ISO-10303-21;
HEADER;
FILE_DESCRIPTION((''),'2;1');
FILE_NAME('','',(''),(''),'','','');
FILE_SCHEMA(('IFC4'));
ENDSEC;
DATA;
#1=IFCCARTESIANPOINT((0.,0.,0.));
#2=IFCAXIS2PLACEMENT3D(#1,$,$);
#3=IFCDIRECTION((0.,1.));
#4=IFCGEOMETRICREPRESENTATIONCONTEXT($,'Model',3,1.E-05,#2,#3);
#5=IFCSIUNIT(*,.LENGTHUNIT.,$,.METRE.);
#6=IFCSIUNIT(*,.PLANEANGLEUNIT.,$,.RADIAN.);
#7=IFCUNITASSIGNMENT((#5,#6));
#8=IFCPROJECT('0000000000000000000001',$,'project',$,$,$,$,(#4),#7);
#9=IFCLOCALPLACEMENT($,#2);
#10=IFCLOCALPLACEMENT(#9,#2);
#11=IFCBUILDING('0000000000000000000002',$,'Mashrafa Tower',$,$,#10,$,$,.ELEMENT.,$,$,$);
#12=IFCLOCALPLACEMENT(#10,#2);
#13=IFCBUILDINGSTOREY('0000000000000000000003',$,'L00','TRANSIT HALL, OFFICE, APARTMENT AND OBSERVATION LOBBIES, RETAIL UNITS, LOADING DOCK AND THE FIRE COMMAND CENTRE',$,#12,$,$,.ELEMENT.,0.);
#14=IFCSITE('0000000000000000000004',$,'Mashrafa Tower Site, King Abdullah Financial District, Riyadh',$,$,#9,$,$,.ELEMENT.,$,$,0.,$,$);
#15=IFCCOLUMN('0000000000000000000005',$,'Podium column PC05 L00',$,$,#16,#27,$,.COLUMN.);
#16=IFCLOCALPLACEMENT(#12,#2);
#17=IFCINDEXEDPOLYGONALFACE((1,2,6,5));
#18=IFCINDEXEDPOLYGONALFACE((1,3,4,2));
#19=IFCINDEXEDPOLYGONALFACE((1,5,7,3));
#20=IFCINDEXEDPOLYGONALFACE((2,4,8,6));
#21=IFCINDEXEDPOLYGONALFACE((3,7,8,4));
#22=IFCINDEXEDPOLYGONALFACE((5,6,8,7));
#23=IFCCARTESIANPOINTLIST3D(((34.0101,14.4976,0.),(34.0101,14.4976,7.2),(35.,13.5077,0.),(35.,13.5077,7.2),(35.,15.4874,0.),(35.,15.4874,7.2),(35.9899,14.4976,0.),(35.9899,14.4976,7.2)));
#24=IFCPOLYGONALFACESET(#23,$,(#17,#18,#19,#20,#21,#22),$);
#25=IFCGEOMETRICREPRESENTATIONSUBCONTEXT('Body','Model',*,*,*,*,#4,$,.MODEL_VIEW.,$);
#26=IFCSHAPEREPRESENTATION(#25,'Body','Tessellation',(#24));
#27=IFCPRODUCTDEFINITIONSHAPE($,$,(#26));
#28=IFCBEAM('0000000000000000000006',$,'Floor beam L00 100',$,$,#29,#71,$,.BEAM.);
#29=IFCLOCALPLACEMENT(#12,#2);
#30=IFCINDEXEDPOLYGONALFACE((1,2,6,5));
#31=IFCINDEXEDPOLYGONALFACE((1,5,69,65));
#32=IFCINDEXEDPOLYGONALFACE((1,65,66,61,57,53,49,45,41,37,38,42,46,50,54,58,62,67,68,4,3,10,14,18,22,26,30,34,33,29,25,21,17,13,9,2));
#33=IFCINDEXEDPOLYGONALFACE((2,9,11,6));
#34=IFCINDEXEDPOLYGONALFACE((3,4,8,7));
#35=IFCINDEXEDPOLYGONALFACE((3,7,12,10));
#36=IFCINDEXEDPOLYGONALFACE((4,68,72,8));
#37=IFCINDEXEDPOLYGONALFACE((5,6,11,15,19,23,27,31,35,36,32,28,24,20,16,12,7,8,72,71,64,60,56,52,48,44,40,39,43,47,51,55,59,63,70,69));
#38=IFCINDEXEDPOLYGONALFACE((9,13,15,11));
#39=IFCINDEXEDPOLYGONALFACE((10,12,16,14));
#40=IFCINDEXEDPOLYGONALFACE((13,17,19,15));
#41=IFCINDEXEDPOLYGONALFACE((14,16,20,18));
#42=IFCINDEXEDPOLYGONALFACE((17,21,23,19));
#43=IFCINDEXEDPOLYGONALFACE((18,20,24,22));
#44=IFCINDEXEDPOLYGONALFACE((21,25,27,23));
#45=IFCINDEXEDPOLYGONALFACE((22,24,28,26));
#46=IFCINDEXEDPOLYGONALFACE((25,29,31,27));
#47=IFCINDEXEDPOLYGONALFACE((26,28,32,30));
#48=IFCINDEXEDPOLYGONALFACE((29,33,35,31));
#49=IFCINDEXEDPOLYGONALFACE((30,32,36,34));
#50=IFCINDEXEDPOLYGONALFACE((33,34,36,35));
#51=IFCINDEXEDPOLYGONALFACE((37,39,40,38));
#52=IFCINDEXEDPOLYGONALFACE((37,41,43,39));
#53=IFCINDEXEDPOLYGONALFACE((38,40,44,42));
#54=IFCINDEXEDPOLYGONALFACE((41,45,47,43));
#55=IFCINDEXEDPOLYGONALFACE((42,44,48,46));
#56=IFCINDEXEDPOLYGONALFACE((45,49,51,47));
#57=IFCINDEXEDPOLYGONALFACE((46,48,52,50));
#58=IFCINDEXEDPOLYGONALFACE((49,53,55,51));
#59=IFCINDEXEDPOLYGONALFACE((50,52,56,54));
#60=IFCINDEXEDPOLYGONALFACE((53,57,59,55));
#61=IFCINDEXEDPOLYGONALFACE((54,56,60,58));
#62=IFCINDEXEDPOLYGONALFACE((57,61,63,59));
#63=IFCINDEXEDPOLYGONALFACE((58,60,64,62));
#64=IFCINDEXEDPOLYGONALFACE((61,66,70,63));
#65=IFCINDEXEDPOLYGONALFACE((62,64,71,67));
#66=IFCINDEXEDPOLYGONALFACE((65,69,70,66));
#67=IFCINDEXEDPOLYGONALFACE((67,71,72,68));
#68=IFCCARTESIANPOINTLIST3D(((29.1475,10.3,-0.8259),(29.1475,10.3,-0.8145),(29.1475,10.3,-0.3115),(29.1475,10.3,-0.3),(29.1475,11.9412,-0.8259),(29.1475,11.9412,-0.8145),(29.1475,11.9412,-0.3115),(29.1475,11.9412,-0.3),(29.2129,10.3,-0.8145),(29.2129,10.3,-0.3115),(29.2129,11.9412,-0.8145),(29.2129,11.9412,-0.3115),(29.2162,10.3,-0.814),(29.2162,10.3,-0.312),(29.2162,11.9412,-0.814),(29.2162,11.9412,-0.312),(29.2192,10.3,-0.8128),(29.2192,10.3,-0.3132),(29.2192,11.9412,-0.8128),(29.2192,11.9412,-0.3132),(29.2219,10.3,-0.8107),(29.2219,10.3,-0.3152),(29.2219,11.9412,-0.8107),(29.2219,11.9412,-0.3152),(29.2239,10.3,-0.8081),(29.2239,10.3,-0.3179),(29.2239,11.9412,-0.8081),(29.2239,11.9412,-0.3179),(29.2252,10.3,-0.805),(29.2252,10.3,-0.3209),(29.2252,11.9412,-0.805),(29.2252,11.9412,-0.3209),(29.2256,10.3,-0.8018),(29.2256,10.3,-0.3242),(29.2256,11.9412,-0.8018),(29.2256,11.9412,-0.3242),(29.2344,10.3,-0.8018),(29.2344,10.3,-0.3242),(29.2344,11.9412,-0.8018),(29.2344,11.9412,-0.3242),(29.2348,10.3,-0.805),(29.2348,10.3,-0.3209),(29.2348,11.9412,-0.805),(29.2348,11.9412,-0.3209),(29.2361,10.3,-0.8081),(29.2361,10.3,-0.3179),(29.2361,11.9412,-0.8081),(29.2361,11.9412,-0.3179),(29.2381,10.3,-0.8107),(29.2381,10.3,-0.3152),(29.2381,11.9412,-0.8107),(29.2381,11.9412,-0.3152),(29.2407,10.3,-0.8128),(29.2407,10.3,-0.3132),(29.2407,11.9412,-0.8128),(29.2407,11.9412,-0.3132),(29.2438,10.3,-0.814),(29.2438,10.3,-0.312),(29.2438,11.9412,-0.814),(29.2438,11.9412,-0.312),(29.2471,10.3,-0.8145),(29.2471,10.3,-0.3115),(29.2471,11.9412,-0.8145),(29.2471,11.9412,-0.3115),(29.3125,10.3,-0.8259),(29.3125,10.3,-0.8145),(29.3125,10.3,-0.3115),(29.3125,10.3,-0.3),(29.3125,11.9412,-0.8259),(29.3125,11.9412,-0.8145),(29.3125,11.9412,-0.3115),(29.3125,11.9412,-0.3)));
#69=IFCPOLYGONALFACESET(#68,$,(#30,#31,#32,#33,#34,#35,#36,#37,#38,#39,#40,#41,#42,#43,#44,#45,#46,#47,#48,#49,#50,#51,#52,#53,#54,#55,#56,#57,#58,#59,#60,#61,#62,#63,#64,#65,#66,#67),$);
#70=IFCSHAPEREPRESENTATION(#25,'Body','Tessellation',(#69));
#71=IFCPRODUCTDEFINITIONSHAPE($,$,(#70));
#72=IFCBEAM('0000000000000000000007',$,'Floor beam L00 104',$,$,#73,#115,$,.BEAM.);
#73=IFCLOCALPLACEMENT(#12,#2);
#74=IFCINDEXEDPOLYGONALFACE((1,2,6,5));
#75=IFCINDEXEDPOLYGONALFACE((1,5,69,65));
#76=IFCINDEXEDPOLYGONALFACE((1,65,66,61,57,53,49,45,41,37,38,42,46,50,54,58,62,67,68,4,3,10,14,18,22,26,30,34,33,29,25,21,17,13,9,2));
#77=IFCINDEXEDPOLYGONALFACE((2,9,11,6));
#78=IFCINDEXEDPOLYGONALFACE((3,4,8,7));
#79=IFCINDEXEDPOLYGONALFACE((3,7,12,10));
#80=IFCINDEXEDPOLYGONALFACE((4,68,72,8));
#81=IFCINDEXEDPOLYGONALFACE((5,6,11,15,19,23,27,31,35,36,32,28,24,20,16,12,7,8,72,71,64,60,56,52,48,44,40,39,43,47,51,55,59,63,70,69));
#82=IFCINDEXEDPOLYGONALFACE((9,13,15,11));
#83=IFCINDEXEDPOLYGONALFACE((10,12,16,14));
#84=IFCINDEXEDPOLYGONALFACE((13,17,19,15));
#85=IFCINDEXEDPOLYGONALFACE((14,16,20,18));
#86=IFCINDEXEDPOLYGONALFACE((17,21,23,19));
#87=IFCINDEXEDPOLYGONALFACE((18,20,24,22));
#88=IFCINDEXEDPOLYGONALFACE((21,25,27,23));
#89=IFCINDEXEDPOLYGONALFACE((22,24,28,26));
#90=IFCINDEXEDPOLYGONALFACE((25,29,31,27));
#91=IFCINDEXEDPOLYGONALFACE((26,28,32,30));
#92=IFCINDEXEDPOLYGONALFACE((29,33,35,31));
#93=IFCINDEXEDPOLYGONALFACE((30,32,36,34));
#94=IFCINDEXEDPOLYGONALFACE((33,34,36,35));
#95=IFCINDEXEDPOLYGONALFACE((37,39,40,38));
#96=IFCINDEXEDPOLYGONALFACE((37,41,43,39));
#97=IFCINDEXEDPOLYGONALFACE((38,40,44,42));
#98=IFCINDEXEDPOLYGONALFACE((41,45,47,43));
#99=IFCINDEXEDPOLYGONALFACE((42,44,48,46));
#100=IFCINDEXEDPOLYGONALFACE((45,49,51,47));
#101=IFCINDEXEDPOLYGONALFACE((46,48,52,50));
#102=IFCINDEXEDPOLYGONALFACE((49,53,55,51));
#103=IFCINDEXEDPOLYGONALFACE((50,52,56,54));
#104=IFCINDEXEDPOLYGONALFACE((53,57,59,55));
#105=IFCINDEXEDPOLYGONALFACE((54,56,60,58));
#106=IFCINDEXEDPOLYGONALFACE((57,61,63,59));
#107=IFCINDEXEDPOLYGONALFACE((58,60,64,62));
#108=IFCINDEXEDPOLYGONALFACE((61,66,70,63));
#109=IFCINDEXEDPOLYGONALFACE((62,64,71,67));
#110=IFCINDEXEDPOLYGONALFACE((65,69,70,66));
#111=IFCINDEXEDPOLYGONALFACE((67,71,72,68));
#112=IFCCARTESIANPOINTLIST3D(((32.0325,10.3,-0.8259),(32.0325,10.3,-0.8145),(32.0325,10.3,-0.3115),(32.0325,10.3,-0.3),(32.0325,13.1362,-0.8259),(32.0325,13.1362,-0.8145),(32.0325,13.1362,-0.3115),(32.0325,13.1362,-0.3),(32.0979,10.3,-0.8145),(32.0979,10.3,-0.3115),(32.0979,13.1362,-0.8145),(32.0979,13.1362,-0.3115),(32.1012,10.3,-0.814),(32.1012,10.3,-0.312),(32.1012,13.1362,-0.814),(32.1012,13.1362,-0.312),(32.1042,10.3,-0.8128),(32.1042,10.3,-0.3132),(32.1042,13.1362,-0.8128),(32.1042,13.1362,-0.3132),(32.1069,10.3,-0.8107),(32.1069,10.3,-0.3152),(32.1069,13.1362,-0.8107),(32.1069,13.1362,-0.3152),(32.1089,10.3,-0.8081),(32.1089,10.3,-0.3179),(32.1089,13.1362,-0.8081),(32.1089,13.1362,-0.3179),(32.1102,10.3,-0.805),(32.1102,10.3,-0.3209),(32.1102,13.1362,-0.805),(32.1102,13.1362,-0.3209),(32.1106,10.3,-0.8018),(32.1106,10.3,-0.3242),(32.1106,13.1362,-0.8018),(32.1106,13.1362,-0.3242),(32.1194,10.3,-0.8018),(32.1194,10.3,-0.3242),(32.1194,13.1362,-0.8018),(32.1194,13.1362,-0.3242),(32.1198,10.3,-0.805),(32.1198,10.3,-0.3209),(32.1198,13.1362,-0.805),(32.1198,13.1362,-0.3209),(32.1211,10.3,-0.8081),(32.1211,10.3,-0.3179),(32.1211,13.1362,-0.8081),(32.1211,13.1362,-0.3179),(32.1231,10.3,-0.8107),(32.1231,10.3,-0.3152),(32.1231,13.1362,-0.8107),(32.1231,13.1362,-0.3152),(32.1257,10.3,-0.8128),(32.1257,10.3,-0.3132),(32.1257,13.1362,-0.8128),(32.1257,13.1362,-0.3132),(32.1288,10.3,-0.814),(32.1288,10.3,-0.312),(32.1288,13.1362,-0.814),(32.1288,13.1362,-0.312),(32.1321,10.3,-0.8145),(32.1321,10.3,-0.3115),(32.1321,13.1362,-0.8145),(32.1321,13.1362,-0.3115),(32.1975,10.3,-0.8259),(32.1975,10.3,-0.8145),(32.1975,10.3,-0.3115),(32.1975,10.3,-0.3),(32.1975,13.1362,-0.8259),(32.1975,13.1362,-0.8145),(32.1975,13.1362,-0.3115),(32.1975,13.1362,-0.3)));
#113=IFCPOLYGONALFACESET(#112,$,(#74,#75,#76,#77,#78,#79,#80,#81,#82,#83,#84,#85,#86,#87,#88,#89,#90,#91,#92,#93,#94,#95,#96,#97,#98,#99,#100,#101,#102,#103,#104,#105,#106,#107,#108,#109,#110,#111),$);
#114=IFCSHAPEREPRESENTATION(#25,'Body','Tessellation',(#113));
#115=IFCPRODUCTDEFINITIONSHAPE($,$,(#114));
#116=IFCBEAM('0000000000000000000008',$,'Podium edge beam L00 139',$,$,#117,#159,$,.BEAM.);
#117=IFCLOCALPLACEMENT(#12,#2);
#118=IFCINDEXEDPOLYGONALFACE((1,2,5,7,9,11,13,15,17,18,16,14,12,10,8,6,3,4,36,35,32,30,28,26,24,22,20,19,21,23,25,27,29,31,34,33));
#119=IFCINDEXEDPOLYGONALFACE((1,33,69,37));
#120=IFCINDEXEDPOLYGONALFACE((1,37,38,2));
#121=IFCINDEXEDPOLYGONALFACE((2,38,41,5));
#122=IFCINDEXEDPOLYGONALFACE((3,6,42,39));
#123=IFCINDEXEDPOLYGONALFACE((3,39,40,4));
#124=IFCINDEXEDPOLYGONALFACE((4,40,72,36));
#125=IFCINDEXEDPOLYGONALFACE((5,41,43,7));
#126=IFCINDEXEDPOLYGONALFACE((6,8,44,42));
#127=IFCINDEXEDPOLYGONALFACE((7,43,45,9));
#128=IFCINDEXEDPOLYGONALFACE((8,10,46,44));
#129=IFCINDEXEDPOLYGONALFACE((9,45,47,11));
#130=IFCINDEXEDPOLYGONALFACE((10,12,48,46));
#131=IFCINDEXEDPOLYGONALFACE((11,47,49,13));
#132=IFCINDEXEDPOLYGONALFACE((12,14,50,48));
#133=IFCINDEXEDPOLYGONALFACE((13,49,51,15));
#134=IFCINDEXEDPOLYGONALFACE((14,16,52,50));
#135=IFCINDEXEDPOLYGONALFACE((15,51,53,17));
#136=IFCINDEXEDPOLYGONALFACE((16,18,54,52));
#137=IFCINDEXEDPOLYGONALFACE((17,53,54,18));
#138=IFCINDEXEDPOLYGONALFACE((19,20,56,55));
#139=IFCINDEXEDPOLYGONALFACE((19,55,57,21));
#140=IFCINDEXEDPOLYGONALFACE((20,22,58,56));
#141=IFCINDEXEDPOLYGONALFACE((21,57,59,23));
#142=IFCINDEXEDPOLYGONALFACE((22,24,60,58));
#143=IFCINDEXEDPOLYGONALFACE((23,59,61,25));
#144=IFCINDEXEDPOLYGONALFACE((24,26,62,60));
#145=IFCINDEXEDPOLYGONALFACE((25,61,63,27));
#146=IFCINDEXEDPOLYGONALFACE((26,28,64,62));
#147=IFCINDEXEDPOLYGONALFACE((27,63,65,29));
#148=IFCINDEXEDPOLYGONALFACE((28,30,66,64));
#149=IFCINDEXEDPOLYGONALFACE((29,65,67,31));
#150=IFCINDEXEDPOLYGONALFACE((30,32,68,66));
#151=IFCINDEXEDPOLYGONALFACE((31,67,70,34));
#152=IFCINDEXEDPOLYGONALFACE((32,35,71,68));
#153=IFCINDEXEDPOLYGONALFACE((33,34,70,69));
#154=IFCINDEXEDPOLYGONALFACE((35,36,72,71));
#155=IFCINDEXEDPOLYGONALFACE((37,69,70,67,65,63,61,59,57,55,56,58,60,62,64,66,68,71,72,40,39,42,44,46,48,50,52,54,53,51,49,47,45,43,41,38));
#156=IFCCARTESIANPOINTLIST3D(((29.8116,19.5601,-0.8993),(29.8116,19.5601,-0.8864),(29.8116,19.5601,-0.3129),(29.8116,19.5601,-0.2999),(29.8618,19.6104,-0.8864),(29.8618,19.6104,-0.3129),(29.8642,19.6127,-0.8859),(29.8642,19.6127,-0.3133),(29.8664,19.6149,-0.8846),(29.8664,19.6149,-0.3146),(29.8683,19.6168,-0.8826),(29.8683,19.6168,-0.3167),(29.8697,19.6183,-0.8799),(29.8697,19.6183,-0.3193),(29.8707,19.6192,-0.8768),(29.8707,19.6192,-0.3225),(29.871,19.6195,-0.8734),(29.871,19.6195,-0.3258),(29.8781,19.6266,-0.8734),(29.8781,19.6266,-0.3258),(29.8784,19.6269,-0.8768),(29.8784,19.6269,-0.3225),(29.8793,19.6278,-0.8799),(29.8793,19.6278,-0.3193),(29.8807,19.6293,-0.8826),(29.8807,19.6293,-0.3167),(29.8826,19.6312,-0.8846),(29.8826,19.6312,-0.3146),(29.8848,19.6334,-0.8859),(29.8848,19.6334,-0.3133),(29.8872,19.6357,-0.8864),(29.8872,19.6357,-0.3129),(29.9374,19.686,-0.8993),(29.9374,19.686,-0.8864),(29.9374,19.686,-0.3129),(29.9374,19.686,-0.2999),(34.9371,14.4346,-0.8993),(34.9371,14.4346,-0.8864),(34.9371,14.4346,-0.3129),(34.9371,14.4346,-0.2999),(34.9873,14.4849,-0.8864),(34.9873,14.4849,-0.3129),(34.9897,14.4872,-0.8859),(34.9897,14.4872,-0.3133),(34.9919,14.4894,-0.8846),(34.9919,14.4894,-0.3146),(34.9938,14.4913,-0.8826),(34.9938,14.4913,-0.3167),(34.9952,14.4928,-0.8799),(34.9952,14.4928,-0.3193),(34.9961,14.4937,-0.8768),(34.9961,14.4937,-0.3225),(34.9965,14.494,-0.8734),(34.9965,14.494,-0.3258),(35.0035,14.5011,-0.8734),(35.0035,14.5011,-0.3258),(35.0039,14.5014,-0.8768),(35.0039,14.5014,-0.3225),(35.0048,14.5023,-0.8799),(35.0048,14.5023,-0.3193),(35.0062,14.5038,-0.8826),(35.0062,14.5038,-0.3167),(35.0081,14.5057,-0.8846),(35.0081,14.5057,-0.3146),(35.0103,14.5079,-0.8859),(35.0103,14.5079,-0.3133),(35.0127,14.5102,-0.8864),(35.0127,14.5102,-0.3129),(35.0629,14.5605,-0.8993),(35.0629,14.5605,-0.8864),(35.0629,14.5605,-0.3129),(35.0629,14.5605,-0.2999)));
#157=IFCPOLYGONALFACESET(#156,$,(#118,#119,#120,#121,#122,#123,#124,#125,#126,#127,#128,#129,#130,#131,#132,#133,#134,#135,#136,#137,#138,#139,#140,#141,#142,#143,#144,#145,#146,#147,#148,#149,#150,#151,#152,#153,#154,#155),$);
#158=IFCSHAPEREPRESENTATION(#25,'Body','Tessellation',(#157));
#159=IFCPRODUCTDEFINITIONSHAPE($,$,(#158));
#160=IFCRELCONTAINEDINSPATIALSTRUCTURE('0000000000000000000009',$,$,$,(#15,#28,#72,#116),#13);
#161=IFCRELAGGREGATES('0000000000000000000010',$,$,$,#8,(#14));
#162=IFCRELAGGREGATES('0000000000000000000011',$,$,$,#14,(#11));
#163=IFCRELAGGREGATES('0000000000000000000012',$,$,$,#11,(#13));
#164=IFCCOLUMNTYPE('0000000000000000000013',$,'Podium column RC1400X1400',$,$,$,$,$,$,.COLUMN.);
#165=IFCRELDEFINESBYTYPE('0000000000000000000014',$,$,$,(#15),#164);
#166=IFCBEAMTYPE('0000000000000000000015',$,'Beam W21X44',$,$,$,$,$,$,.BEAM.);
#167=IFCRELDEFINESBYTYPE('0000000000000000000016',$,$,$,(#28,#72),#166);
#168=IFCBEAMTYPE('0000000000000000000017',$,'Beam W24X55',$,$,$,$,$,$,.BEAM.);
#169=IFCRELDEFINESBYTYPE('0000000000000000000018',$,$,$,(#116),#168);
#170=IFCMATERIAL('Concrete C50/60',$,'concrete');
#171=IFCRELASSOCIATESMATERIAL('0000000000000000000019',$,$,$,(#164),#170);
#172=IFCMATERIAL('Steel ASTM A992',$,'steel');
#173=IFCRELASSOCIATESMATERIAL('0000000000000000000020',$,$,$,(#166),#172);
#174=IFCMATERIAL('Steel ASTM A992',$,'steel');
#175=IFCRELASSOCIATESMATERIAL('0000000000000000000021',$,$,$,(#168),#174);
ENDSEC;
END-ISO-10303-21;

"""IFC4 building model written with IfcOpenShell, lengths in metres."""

from ifc_helpers import new_model, si_unit, direction, frame, origin, origin_2d, place, context, subcontext, project, spatial, rectangle, i_section, extrude, material, material_profile, profile_set, type_object, element, save


model = new_model("IFC4")

# Units and contexts
model_context = context("Model", 3, precision=1e-05, world=origin(), true_north=direction((0.0, 1.0)))
body_context = subcontext(model_context, "Body", "Model", "MODEL_VIEW")
ifc_project = project(units=[si_unit("LENGTHUNIT", "METRE"), si_unit("PLANEANGLEUNIT", "RADIAN")], contexts=[model_context])

# Site, building, storey
site_placement = place(None, origin())
site = spatial("IfcSite", under=ifc_project, at=site_placement, Name="Mashrafa Tower Site, King Abdullah Financial District, Riyadh", CompositionType="ELEMENT", RefElevation=0.0)
building_placement = place(site_placement, origin())
building = spatial("IfcBuilding", under=site, at=building_placement, Name="Mashrafa Tower", CompositionType="ELEMENT")
storey_placement = place(building_placement, origin())
storey = spatial("IfcBuildingStorey", under=building, at=storey_placement, Name="L00", Description="TRANSIT HALL, OFFICE, APARTMENT AND OBSERVATION LOBBIES, RETAIL UNITS, LOADING DOCK AND THE FIRE COMMAND CENTRE", CompositionType="ELEMENT", Elevation=0.0)

# Column
ifc_material_1 = material(Name="Concrete C50/60", Category="concrete")
ifc_material_profile_1 = material_profile(ifc_material_1, rectangle(XDim=1.3999, YDim=1.3999, at=origin_2d()), Name="RC1400X1400")
ifc_profile_set_1 = profile_set([ifc_material_profile_1], Name="Concrete C50/60")
column_type = type_object("IfcColumnType", Name="Podium column RC1400X1400", PredefinedType="COLUMN", material=ifc_profile_set_1)
column_placement = place(storey_placement, frame((35.0, 14.4976, 0.0), z_axis=(0.0, 0.0, 1.0), x_axis=(0.707107, 0.707107, 0.0)))
element("IfcColumn", 1, at=column_placement, inside=storey, type_object=column_type, Name="Podium column PC05 L00", PredefinedType="COLUMN", context=body_context, shape_type="SweptSolid", body=[
    extrude(rectangle(XDim=1.3999, YDim=1.3999, at=origin_2d()), origin(), (0.0, 0.0, 1.0), 7.2),
])

# Beams
ifc_material_2 = material(Name="Steel ASTM A992", Category="steel")
ifc_material_profile_2 = material_profile(ifc_material_2, i_section(OverallWidth=0.165, OverallDepth=0.5259, WebThickness=0.0088, FlangeThickness=0.0115, FilletRadius=0.0127, at=origin_2d()), Name="W21X44")
ifc_profile_set_2 = profile_set([ifc_material_profile_2], Name="Steel ASTM A992")
beam_type_1 = type_object("IfcBeamType", Name="Beam W21X44", PredefinedType="BEAM", material=ifc_profile_set_2)
beam_1_placement = place(storey_placement, frame((29.23, 11.9412, -0.563), z_axis=(0.0, -1.0, 0.0), x_axis=(1.0, 0.0, 0.0)))
element("IfcBeam", 2, at=beam_1_placement, inside=storey, type_object=beam_type_1, Name="Floor beam L00 100", PredefinedType="BEAM", context=body_context, shape_type="SweptSolid", body=[
    extrude(i_section(OverallWidth=0.165, OverallDepth=0.5259, WebThickness=0.0088, FlangeThickness=0.0115, FilletRadius=0.0127, at=origin_2d()), origin(), (0.0, 0.0, 1.0), 1.6411),
])
beam_2_placement = place(storey_placement, frame((32.115, 13.1362, -0.563), z_axis=(0.0, -1.0, 0.0), x_axis=(1.0, 0.0, 0.0)))
element("IfcBeam", 3, at=beam_2_placement, inside=storey, type_object=beam_type_1, Name="Floor beam L00 104", PredefinedType="BEAM", context=body_context, shape_type="SweptSolid", body=[
    extrude(i_section(OverallWidth=0.165, OverallDepth=0.5259, WebThickness=0.0088, FlangeThickness=0.0115, FilletRadius=0.0127, at=origin_2d()), origin(), (0.0, 0.0, 1.0), 2.8362),
])
ifc_material_3 = material(Name="Steel ASTM A992", Category="steel")
ifc_material_profile_3 = material_profile(ifc_material_3, i_section(OverallWidth=0.178, OverallDepth=0.5994, WebThickness=0.01, FlangeThickness=0.0129, FilletRadius=0.0129, at=origin_2d()), Name="W24X55")
ifc_profile_set_3 = profile_set([ifc_material_profile_3], Name="Steel ASTM A992")
beam_type_2 = type_object("IfcBeamType", Name="Beam W24X55", PredefinedType="BEAM", material=ifc_profile_set_3)
beam_3_placement = place(storey_placement, frame((35.0, 14.4976, -0.5996), z_axis=(-0.707107, 0.707107, 0.0), x_axis=(-0.707107, -0.707107, 0.0)))
element("IfcBeam", 4, at=beam_3_placement, inside=storey, type_object=beam_type_2, Name="Podium edge beam L00 139", PredefinedType="BEAM", context=body_context, shape_type="SweptSolid", body=[
    extrude(i_section(OverallWidth=0.178, OverallDepth=0.5994, WebThickness=0.01, FlangeThickness=0.0129, FilletRadius=0.0129, at=origin_2d()), origin(), (0.0, 0.0, 1.0), 7.2485),
])

save(model, "model.ifc")
